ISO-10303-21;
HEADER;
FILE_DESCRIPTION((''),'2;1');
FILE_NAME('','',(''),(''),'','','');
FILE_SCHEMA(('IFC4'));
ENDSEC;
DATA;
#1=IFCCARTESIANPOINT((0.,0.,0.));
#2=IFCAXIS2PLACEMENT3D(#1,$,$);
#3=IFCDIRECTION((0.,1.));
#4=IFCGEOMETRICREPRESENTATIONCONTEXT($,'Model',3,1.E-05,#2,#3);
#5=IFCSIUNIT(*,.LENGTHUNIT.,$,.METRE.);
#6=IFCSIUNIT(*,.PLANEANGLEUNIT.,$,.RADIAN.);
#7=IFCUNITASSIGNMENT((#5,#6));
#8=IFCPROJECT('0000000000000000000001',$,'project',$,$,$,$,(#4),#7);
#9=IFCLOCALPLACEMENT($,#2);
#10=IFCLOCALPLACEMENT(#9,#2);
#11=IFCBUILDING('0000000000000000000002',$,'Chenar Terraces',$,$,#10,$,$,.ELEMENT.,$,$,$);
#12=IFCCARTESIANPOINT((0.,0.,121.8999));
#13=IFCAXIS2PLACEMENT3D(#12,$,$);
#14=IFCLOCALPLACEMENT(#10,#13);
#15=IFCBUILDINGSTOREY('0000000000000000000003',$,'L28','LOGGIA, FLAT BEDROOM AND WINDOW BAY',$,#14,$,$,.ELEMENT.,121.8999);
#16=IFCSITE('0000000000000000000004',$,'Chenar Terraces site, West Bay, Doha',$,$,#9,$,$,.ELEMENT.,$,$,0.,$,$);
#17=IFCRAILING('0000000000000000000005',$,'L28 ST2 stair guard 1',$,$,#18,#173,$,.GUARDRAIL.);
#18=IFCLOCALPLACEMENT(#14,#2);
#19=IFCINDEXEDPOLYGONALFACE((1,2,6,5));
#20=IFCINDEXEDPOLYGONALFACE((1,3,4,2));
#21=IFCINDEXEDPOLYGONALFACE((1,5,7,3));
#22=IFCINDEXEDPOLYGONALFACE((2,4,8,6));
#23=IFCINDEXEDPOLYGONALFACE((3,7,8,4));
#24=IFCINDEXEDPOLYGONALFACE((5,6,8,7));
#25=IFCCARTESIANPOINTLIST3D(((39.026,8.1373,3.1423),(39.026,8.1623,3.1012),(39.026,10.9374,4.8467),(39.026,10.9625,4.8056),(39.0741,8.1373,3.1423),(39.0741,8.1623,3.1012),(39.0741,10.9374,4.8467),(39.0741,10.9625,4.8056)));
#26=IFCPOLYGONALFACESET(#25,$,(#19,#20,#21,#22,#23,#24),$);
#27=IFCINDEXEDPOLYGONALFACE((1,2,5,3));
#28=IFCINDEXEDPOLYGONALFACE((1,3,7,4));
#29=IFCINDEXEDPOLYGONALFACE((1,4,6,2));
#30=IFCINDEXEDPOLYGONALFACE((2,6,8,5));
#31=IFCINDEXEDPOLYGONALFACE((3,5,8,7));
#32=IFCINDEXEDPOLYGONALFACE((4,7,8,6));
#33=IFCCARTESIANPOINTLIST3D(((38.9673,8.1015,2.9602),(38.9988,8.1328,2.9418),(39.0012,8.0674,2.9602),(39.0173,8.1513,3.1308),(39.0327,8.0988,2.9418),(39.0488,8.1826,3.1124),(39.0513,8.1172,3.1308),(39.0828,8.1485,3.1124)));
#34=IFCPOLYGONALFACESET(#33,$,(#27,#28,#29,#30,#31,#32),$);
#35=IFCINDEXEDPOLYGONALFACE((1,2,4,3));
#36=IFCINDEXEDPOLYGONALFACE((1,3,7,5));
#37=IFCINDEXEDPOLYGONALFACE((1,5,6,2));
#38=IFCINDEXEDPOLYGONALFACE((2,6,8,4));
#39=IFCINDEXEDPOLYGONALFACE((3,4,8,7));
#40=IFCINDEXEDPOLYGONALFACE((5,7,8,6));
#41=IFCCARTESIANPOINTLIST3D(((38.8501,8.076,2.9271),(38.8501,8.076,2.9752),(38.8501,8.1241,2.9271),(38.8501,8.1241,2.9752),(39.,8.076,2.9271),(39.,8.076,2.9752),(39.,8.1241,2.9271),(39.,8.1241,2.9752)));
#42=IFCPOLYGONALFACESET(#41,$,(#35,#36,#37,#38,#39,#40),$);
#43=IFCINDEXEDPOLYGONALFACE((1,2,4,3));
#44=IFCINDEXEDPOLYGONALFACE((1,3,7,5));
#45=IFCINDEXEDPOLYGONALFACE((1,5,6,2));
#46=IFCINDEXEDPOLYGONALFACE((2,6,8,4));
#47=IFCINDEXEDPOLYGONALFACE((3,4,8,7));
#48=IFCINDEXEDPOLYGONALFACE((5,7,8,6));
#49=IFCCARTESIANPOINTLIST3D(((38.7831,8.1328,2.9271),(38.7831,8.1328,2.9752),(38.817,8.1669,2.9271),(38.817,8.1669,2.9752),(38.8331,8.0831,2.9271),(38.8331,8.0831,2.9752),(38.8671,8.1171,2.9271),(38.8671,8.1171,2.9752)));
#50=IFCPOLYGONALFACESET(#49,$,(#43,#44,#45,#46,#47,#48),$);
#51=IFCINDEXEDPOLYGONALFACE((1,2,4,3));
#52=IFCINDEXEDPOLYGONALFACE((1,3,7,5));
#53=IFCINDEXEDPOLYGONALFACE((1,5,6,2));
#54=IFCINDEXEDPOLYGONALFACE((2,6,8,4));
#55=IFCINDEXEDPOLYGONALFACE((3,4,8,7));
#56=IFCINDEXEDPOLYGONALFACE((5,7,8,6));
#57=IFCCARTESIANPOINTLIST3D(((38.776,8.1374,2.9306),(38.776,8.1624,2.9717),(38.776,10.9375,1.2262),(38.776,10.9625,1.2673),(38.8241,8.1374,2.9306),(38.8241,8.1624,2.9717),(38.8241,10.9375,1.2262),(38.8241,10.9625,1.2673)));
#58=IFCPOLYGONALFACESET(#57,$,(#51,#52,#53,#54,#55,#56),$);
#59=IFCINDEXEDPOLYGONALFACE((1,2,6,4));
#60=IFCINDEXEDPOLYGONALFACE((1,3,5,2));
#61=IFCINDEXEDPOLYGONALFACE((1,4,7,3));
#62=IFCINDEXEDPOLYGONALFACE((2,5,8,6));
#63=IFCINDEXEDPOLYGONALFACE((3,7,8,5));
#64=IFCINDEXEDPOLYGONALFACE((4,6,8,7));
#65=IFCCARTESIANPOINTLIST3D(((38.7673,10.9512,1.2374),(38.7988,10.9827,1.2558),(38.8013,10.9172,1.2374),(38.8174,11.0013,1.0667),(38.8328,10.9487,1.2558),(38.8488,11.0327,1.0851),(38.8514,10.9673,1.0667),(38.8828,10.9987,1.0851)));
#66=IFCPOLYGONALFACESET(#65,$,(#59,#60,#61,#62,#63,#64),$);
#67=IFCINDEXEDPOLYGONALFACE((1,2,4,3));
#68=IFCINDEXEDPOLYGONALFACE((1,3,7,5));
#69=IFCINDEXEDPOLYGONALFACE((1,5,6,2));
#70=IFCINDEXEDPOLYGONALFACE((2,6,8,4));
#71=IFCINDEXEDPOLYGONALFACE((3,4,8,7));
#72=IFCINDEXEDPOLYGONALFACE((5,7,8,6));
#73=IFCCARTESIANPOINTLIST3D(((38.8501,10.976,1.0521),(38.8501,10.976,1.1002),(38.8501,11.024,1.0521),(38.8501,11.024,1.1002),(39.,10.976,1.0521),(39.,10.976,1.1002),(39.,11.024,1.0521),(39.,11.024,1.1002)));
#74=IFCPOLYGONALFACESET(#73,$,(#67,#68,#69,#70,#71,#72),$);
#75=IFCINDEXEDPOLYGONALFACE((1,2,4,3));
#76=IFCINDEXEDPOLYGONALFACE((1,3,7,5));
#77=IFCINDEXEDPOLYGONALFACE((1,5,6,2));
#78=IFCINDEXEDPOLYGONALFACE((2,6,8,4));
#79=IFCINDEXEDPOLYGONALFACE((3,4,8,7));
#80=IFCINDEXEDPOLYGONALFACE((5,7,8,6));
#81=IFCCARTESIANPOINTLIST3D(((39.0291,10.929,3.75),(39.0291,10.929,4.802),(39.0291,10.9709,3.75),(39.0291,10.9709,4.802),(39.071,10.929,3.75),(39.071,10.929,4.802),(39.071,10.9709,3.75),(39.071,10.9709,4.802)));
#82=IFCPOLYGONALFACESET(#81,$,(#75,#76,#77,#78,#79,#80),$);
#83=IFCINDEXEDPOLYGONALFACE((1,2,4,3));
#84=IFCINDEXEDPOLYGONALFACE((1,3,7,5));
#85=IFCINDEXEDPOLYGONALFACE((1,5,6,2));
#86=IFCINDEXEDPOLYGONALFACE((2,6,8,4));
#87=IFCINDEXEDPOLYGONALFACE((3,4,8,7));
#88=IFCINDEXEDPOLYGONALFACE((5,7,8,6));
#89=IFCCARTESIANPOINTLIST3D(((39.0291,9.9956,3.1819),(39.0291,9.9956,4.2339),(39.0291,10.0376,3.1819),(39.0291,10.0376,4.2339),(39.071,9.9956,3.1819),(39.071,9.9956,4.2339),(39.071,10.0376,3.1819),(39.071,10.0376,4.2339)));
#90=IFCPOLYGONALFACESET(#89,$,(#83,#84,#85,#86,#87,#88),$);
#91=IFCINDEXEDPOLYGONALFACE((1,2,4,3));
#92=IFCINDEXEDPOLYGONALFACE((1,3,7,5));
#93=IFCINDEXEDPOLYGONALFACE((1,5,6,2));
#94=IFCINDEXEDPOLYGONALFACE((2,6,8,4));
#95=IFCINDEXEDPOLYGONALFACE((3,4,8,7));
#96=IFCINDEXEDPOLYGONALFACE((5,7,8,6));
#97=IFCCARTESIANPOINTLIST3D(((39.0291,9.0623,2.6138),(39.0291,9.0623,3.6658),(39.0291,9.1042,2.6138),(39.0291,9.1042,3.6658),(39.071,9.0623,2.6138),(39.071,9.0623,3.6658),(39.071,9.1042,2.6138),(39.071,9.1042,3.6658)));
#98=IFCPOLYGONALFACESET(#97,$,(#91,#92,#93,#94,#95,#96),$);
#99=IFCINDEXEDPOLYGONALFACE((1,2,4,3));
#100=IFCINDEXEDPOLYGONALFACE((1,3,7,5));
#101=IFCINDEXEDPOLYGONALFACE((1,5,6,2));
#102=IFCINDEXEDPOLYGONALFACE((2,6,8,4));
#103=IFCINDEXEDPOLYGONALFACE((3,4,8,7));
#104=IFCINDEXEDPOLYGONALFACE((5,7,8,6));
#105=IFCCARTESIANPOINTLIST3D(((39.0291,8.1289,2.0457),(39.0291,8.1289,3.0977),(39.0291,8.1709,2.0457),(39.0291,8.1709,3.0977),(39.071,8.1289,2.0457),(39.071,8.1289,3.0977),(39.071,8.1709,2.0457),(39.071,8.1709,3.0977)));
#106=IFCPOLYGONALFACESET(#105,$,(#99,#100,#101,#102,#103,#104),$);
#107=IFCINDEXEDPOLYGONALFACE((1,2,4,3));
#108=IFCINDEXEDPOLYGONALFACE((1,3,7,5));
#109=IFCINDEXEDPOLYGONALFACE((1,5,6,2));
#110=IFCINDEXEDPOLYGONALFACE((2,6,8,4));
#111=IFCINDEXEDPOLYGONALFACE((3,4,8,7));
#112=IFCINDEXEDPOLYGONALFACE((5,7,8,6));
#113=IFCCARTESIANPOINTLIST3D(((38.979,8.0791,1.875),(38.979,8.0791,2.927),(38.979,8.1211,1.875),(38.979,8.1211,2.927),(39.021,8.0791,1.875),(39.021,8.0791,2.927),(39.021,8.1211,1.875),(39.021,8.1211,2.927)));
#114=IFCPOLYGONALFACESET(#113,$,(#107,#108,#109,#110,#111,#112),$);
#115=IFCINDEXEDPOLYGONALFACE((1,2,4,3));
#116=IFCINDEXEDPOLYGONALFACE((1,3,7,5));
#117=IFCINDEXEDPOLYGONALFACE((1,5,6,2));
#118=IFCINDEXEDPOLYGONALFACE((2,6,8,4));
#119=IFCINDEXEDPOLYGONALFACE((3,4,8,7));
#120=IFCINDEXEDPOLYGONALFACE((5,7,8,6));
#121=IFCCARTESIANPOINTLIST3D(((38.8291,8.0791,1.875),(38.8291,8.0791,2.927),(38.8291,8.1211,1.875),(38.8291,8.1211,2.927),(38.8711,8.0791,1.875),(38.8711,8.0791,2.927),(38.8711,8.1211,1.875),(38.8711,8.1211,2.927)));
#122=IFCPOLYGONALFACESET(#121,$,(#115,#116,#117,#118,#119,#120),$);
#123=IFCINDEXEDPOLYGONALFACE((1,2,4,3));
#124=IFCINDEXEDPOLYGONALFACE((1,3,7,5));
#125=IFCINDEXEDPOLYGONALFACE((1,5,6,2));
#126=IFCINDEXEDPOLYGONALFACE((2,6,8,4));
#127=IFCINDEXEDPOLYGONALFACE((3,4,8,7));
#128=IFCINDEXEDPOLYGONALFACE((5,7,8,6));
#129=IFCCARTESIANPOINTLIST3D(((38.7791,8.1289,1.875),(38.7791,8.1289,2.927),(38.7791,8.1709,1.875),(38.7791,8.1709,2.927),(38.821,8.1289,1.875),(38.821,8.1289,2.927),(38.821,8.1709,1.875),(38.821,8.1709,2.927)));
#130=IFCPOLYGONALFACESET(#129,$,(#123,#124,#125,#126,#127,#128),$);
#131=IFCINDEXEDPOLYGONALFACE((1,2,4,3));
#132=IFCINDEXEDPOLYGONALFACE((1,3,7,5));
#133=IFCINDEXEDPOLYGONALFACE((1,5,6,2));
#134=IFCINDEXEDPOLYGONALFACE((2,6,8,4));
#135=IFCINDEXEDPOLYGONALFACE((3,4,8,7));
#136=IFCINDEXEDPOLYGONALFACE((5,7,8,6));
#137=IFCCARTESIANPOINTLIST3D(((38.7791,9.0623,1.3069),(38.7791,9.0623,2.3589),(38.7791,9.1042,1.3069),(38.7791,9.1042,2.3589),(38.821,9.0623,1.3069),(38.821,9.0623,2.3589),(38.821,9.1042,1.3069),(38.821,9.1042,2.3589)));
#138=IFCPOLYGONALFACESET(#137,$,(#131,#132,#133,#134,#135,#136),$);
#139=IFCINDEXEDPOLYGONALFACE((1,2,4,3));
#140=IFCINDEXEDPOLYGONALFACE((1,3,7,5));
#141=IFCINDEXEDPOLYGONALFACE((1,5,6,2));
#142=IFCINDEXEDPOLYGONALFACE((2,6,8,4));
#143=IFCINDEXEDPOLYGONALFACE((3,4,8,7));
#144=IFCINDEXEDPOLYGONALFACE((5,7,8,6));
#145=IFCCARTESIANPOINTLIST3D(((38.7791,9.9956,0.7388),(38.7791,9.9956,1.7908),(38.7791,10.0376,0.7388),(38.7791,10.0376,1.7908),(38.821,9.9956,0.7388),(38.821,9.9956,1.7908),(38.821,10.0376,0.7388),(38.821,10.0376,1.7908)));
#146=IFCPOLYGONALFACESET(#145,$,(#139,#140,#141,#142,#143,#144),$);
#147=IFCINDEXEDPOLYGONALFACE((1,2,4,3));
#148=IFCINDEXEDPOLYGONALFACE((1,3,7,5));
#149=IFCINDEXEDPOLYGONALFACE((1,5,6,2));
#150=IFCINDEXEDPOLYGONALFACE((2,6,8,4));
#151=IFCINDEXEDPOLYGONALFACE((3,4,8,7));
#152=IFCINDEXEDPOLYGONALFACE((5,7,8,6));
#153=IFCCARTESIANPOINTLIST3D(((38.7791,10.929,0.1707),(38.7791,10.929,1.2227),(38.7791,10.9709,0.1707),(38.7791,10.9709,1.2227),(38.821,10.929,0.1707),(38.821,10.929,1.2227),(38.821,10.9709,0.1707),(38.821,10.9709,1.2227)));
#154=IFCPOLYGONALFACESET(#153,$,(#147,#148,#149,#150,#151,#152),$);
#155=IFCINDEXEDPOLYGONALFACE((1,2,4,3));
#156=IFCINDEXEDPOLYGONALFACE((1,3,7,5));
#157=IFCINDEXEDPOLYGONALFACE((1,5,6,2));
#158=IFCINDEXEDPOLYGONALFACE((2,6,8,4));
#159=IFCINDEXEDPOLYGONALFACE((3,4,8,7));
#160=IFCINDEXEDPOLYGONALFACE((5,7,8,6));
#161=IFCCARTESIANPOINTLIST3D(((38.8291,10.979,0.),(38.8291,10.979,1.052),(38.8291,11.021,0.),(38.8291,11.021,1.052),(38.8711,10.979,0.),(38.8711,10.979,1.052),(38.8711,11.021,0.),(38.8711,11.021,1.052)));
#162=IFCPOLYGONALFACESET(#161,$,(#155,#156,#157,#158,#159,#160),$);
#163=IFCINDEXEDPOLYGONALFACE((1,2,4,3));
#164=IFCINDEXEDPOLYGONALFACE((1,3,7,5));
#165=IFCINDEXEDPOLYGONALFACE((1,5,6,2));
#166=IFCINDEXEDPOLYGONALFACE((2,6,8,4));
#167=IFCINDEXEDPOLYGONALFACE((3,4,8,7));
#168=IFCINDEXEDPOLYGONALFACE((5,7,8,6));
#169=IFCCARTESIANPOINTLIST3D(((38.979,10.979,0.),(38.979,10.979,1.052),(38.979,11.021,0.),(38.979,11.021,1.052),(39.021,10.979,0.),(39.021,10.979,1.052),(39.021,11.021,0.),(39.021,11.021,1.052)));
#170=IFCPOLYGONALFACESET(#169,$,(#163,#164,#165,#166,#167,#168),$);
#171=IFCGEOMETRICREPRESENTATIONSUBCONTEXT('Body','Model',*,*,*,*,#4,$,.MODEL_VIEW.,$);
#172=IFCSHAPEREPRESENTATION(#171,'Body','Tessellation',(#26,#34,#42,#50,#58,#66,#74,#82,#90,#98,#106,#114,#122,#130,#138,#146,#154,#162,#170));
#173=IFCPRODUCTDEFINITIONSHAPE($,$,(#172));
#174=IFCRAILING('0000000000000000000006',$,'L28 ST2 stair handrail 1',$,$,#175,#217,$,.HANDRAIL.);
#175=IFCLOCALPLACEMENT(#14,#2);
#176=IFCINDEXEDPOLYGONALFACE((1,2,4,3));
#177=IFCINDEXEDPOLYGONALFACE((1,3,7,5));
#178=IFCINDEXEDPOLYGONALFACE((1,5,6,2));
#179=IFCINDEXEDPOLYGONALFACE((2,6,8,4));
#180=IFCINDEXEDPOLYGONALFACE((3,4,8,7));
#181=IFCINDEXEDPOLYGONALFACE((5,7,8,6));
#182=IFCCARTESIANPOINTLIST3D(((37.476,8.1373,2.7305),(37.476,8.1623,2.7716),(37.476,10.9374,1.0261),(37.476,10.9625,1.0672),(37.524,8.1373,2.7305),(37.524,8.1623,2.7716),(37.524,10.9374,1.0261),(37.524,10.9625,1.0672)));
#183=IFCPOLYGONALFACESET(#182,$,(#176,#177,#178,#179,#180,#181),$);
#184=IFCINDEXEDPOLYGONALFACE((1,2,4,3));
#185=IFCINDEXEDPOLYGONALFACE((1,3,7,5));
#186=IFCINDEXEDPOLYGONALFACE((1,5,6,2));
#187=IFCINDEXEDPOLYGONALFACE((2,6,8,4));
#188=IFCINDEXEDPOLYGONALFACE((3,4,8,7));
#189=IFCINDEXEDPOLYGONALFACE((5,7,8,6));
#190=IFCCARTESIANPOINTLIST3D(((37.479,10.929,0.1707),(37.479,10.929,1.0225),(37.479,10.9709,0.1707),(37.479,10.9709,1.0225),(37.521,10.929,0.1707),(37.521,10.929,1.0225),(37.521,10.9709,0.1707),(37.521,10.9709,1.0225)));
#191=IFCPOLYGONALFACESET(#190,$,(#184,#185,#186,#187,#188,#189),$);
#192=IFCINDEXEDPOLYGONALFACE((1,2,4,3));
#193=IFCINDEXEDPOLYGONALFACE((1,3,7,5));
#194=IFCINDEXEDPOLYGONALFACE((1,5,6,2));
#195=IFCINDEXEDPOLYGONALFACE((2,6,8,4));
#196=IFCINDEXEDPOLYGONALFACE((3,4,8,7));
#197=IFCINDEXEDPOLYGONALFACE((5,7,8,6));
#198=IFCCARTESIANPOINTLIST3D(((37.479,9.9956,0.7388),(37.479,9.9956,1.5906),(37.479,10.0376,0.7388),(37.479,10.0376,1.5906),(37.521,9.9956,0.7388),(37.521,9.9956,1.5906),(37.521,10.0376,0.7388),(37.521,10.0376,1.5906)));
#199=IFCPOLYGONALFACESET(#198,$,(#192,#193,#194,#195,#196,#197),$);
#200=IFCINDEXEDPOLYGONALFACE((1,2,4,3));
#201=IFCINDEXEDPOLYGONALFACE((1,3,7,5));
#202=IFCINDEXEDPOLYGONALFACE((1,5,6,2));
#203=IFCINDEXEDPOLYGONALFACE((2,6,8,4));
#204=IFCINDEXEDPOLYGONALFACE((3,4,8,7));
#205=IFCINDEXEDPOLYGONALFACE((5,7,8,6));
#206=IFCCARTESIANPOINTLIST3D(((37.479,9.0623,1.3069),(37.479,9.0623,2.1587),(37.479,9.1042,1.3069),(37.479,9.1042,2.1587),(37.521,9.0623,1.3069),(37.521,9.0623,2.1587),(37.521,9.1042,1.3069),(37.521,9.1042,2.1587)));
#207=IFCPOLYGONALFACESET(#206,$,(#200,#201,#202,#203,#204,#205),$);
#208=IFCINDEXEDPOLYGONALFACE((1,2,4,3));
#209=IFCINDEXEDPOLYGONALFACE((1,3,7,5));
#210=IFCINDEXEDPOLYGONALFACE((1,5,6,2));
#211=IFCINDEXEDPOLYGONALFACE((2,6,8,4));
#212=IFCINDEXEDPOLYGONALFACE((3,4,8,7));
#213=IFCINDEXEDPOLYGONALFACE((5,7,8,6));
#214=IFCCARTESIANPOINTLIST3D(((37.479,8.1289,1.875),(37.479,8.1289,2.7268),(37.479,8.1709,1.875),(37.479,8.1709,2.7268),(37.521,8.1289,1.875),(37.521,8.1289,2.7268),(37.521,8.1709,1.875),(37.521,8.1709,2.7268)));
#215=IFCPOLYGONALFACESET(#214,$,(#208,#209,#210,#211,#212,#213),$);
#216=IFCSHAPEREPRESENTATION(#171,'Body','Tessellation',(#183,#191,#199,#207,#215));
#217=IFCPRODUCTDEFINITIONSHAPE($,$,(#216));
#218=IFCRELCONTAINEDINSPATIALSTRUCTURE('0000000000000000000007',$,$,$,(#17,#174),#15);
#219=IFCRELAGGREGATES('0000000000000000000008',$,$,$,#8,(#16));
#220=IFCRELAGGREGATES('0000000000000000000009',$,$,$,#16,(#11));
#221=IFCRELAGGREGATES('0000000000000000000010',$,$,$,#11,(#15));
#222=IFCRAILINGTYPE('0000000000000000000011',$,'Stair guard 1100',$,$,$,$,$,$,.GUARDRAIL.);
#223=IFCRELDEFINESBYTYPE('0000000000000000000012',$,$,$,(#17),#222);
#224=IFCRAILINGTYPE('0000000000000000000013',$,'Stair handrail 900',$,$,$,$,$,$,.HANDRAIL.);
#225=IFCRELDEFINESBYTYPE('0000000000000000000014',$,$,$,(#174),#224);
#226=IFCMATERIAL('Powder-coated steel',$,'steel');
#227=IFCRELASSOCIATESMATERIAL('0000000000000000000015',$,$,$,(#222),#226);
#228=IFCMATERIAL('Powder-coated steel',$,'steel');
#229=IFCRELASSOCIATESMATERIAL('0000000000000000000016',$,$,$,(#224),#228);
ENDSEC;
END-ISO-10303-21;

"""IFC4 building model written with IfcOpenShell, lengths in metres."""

from ifc_helpers import new_model, si_unit, direction, frame, origin, origin_2d, place, context, subcontext, project, spatial, rectangle, extrude, material, type_object, element, save


model = new_model("IFC4")

# Units and contexts
model_context = context("Model", 3, precision=1e-05, world=origin(), true_north=direction((0.0, 1.0)))
body_context = subcontext(model_context, "Body", "Model", "MODEL_VIEW")
ifc_project = project(units=[si_unit("LENGTHUNIT", "METRE"), si_unit("PLANEANGLEUNIT", "RADIAN")], contexts=[model_context])

# Site, building, storey
site_placement = place(None, origin())
site = spatial("IfcSite", under=ifc_project, at=site_placement, Name="Chenar Terraces site, West Bay, Doha", CompositionType="ELEMENT", RefElevation=0.0)
building_placement = place(site_placement, origin())
building = spatial("IfcBuilding", under=site, at=building_placement, Name="Chenar Terraces", CompositionType="ELEMENT")
storey_placement = place(building_placement, frame((0.0, 0.0, 121.8999)))
storey = spatial("IfcBuildingStorey", under=building, at=storey_placement, Name="L28", Description="LOGGIA, FLAT BEDROOM AND WINDOW BAY", CompositionType="ELEMENT", Elevation=121.8999)

# Railings
ifc_material_1 = material(Name="Powder-coated steel", Category="steel")
railing_type_1 = type_object("IfcRailingType", Name="Stair guard 1100", PredefinedType="GUARDRAIL", material=ifc_material_1)
railing_1_placement = place(storey_placement, frame((39.05, 10.95, 3.75)))
element("IfcRailing", 1, at=railing_1_placement, inside=storey, type_object=railing_type_1, Name="L28 ST2 stair guard 1", PredefinedType="GUARDRAIL", context=body_context, shape_type="SweptSolid", body=[
    extrude(rectangle(XDim=0.0481, YDim=0.0481, at=origin_2d()), frame((0.0, 0.0, 1.0762), z_axis=(0.0, -0.854203, -0.51994), x_axis=(1.0, 0.0, 0.0)), (0.0, 0.0, 1.0), 3.2781),
    extrude(rectangle(XDim=0.0481, YDim=0.0481, at=origin_2d()), frame((0.0, -2.8, -0.6284), z_axis=(-0.270997, -0.269675, -0.924033), x_axis=(0.705376, -0.708834, 0.0)), (0.0, 0.0, 1.0), 0.1846),
    extrude(rectangle(XDim=0.0481, YDim=0.0481, at=origin_2d()), frame((-0.05, -2.8499, -0.7988), z_axis=(-1.0, 0.0, 0.0), x_axis=(0.0, -1.0, 0.0)), (0.0, 0.0, 1.0), 0.1499),
    extrude(rectangle(XDim=0.0481, YDim=0.0481, at=origin_2d()), frame((-0.2, -2.8499, -0.7988), z_axis=(-0.708834, 0.705376, 0.0), x_axis=(-0.705376, -0.708834, 0.0)), (0.0, 0.0, 1.0), 0.0706),
    extrude(rectangle(XDim=0.0481, YDim=0.0481, at=origin_2d()), frame((-0.25, -2.8, -0.7988), z_axis=(0.0, 0.854203, -0.51994), x_axis=(-1.0, 0.0, 0.0)), (0.0, 0.0, 1.0), 3.2781),
    extrude(rectangle(XDim=0.0481, YDim=0.0481, at=origin_2d()), frame((-0.25, 0.0, -2.5034), z_axis=(0.2709, 0.2709, -0.923703), x_axis=(-0.707107, 0.707107, 0.0)), (0.0, 0.0, 1.0), 0.1848),
    extrude(rectangle(XDim=0.0481, YDim=0.0481, at=origin_2d()), frame((-0.2, 0.05, -2.6738), z_axis=(1.0, 0.0, 0.0), x_axis=(0.0, 1.0, 0.0)), (0.0, 0.0, 1.0), 0.1499),
    extrude(rectangle(XDim=0.042, YDim=0.042, at=origin_2d()), origin(), (0.0, 0.0, 1.0), 1.052),
    extrude(rectangle(XDim=0.042, YDim=0.042, at=origin_2d()), frame((0.0, -0.9333, -0.5681)), (0.0, 0.0, 1.0), 1.052),
    extrude(rectangle(XDim=0.042, YDim=0.042, at=origin_2d()), frame((0.0, -1.8667, -1.1362)), (0.0, 0.0, 1.0), 1.052),
    extrude(rectangle(XDim=0.042, YDim=0.042, at=origin_2d()), frame((0.0, -2.8, -1.7043)), (0.0, 0.0, 1.0), 1.052),
    extrude(rectangle(XDim=0.042, YDim=0.042, at=origin_2d()), frame((-0.05, -2.8499, -1.875)), (0.0, 0.0, 1.0), 1.052),
    extrude(rectangle(XDim=0.042, YDim=0.042, at=origin_2d()), frame((-0.2, -2.8499, -1.875)), (0.0, 0.0, 1.0), 1.052),
    extrude(rectangle(XDim=0.042, YDim=0.042, at=origin_2d()), frame((-0.25, -2.8, -1.875)), (0.0, 0.0, 1.0), 1.052),
    extrude(rectangle(XDim=0.042, YDim=0.042, at=origin_2d()), frame((-0.25, -1.8667, -2.4431)), (0.0, 0.0, 1.0), 1.052),
    extrude(rectangle(XDim=0.042, YDim=0.042, at=origin_2d()), frame((-0.25, -0.9333, -3.0112)), (0.0, 0.0, 1.0), 1.052),
    extrude(rectangle(XDim=0.042, YDim=0.042, at=origin_2d()), frame((-0.25, 0.0, -3.5793)), (0.0, 0.0, 1.0), 1.052),
    extrude(rectangle(XDim=0.042, YDim=0.042, at=origin_2d()), frame((-0.2, 0.05, -3.75)), (0.0, 0.0, 1.0), 1.052),
    extrude(rectangle(XDim=0.042, YDim=0.042, at=origin_2d()), frame((-0.05, 0.05, -3.75)), (0.0, 0.0, 1.0), 1.052),
])
ifc_material_2 = material(Name="Powder-coated steel", Category="steel")
railing_type_2 = type_object("IfcRailingType", Name="Stair handrail 900", PredefinedType="HANDRAIL", material=ifc_material_2)
railing_2_placement = place(storey_placement, frame((37.5, 10.95, 0.1707)))
element("IfcRailing", 2, at=railing_2_placement, inside=storey, type_object=railing_type_2, Name="L28 ST2 stair handrail 1", PredefinedType="HANDRAIL", context=body_context, shape_type="SweptSolid", body=[
    extrude(rectangle(XDim=0.0481, YDim=0.0481, at=origin_2d()), frame((0.0, 0.0, 0.876), z_axis=(0.0, -0.854203, 0.51994), x_axis=(1.0, 0.0, 0.0)), (0.0, 0.0, 1.0), 3.2781),
    extrude(rectangle(XDim=0.042, YDim=0.042, at=origin_2d()), origin(), (0.0, 0.0, 1.0), 0.8518),
    extrude(rectangle(XDim=0.042, YDim=0.042, at=origin_2d()), frame((0.0, -0.9333, 0.5681)), (0.0, 0.0, 1.0), 0.8518),
    extrude(rectangle(XDim=0.042, YDim=0.042, at=origin_2d()), frame((0.0, -1.8667, 1.1362)), (0.0, 0.0, 1.0), 0.8518),
    extrude(rectangle(XDim=0.042, YDim=0.042, at=origin_2d()), frame((0.0, -2.8, 1.7043)), (0.0, 0.0, 1.0), 0.8518),
])

save(model, "model.ifc")
